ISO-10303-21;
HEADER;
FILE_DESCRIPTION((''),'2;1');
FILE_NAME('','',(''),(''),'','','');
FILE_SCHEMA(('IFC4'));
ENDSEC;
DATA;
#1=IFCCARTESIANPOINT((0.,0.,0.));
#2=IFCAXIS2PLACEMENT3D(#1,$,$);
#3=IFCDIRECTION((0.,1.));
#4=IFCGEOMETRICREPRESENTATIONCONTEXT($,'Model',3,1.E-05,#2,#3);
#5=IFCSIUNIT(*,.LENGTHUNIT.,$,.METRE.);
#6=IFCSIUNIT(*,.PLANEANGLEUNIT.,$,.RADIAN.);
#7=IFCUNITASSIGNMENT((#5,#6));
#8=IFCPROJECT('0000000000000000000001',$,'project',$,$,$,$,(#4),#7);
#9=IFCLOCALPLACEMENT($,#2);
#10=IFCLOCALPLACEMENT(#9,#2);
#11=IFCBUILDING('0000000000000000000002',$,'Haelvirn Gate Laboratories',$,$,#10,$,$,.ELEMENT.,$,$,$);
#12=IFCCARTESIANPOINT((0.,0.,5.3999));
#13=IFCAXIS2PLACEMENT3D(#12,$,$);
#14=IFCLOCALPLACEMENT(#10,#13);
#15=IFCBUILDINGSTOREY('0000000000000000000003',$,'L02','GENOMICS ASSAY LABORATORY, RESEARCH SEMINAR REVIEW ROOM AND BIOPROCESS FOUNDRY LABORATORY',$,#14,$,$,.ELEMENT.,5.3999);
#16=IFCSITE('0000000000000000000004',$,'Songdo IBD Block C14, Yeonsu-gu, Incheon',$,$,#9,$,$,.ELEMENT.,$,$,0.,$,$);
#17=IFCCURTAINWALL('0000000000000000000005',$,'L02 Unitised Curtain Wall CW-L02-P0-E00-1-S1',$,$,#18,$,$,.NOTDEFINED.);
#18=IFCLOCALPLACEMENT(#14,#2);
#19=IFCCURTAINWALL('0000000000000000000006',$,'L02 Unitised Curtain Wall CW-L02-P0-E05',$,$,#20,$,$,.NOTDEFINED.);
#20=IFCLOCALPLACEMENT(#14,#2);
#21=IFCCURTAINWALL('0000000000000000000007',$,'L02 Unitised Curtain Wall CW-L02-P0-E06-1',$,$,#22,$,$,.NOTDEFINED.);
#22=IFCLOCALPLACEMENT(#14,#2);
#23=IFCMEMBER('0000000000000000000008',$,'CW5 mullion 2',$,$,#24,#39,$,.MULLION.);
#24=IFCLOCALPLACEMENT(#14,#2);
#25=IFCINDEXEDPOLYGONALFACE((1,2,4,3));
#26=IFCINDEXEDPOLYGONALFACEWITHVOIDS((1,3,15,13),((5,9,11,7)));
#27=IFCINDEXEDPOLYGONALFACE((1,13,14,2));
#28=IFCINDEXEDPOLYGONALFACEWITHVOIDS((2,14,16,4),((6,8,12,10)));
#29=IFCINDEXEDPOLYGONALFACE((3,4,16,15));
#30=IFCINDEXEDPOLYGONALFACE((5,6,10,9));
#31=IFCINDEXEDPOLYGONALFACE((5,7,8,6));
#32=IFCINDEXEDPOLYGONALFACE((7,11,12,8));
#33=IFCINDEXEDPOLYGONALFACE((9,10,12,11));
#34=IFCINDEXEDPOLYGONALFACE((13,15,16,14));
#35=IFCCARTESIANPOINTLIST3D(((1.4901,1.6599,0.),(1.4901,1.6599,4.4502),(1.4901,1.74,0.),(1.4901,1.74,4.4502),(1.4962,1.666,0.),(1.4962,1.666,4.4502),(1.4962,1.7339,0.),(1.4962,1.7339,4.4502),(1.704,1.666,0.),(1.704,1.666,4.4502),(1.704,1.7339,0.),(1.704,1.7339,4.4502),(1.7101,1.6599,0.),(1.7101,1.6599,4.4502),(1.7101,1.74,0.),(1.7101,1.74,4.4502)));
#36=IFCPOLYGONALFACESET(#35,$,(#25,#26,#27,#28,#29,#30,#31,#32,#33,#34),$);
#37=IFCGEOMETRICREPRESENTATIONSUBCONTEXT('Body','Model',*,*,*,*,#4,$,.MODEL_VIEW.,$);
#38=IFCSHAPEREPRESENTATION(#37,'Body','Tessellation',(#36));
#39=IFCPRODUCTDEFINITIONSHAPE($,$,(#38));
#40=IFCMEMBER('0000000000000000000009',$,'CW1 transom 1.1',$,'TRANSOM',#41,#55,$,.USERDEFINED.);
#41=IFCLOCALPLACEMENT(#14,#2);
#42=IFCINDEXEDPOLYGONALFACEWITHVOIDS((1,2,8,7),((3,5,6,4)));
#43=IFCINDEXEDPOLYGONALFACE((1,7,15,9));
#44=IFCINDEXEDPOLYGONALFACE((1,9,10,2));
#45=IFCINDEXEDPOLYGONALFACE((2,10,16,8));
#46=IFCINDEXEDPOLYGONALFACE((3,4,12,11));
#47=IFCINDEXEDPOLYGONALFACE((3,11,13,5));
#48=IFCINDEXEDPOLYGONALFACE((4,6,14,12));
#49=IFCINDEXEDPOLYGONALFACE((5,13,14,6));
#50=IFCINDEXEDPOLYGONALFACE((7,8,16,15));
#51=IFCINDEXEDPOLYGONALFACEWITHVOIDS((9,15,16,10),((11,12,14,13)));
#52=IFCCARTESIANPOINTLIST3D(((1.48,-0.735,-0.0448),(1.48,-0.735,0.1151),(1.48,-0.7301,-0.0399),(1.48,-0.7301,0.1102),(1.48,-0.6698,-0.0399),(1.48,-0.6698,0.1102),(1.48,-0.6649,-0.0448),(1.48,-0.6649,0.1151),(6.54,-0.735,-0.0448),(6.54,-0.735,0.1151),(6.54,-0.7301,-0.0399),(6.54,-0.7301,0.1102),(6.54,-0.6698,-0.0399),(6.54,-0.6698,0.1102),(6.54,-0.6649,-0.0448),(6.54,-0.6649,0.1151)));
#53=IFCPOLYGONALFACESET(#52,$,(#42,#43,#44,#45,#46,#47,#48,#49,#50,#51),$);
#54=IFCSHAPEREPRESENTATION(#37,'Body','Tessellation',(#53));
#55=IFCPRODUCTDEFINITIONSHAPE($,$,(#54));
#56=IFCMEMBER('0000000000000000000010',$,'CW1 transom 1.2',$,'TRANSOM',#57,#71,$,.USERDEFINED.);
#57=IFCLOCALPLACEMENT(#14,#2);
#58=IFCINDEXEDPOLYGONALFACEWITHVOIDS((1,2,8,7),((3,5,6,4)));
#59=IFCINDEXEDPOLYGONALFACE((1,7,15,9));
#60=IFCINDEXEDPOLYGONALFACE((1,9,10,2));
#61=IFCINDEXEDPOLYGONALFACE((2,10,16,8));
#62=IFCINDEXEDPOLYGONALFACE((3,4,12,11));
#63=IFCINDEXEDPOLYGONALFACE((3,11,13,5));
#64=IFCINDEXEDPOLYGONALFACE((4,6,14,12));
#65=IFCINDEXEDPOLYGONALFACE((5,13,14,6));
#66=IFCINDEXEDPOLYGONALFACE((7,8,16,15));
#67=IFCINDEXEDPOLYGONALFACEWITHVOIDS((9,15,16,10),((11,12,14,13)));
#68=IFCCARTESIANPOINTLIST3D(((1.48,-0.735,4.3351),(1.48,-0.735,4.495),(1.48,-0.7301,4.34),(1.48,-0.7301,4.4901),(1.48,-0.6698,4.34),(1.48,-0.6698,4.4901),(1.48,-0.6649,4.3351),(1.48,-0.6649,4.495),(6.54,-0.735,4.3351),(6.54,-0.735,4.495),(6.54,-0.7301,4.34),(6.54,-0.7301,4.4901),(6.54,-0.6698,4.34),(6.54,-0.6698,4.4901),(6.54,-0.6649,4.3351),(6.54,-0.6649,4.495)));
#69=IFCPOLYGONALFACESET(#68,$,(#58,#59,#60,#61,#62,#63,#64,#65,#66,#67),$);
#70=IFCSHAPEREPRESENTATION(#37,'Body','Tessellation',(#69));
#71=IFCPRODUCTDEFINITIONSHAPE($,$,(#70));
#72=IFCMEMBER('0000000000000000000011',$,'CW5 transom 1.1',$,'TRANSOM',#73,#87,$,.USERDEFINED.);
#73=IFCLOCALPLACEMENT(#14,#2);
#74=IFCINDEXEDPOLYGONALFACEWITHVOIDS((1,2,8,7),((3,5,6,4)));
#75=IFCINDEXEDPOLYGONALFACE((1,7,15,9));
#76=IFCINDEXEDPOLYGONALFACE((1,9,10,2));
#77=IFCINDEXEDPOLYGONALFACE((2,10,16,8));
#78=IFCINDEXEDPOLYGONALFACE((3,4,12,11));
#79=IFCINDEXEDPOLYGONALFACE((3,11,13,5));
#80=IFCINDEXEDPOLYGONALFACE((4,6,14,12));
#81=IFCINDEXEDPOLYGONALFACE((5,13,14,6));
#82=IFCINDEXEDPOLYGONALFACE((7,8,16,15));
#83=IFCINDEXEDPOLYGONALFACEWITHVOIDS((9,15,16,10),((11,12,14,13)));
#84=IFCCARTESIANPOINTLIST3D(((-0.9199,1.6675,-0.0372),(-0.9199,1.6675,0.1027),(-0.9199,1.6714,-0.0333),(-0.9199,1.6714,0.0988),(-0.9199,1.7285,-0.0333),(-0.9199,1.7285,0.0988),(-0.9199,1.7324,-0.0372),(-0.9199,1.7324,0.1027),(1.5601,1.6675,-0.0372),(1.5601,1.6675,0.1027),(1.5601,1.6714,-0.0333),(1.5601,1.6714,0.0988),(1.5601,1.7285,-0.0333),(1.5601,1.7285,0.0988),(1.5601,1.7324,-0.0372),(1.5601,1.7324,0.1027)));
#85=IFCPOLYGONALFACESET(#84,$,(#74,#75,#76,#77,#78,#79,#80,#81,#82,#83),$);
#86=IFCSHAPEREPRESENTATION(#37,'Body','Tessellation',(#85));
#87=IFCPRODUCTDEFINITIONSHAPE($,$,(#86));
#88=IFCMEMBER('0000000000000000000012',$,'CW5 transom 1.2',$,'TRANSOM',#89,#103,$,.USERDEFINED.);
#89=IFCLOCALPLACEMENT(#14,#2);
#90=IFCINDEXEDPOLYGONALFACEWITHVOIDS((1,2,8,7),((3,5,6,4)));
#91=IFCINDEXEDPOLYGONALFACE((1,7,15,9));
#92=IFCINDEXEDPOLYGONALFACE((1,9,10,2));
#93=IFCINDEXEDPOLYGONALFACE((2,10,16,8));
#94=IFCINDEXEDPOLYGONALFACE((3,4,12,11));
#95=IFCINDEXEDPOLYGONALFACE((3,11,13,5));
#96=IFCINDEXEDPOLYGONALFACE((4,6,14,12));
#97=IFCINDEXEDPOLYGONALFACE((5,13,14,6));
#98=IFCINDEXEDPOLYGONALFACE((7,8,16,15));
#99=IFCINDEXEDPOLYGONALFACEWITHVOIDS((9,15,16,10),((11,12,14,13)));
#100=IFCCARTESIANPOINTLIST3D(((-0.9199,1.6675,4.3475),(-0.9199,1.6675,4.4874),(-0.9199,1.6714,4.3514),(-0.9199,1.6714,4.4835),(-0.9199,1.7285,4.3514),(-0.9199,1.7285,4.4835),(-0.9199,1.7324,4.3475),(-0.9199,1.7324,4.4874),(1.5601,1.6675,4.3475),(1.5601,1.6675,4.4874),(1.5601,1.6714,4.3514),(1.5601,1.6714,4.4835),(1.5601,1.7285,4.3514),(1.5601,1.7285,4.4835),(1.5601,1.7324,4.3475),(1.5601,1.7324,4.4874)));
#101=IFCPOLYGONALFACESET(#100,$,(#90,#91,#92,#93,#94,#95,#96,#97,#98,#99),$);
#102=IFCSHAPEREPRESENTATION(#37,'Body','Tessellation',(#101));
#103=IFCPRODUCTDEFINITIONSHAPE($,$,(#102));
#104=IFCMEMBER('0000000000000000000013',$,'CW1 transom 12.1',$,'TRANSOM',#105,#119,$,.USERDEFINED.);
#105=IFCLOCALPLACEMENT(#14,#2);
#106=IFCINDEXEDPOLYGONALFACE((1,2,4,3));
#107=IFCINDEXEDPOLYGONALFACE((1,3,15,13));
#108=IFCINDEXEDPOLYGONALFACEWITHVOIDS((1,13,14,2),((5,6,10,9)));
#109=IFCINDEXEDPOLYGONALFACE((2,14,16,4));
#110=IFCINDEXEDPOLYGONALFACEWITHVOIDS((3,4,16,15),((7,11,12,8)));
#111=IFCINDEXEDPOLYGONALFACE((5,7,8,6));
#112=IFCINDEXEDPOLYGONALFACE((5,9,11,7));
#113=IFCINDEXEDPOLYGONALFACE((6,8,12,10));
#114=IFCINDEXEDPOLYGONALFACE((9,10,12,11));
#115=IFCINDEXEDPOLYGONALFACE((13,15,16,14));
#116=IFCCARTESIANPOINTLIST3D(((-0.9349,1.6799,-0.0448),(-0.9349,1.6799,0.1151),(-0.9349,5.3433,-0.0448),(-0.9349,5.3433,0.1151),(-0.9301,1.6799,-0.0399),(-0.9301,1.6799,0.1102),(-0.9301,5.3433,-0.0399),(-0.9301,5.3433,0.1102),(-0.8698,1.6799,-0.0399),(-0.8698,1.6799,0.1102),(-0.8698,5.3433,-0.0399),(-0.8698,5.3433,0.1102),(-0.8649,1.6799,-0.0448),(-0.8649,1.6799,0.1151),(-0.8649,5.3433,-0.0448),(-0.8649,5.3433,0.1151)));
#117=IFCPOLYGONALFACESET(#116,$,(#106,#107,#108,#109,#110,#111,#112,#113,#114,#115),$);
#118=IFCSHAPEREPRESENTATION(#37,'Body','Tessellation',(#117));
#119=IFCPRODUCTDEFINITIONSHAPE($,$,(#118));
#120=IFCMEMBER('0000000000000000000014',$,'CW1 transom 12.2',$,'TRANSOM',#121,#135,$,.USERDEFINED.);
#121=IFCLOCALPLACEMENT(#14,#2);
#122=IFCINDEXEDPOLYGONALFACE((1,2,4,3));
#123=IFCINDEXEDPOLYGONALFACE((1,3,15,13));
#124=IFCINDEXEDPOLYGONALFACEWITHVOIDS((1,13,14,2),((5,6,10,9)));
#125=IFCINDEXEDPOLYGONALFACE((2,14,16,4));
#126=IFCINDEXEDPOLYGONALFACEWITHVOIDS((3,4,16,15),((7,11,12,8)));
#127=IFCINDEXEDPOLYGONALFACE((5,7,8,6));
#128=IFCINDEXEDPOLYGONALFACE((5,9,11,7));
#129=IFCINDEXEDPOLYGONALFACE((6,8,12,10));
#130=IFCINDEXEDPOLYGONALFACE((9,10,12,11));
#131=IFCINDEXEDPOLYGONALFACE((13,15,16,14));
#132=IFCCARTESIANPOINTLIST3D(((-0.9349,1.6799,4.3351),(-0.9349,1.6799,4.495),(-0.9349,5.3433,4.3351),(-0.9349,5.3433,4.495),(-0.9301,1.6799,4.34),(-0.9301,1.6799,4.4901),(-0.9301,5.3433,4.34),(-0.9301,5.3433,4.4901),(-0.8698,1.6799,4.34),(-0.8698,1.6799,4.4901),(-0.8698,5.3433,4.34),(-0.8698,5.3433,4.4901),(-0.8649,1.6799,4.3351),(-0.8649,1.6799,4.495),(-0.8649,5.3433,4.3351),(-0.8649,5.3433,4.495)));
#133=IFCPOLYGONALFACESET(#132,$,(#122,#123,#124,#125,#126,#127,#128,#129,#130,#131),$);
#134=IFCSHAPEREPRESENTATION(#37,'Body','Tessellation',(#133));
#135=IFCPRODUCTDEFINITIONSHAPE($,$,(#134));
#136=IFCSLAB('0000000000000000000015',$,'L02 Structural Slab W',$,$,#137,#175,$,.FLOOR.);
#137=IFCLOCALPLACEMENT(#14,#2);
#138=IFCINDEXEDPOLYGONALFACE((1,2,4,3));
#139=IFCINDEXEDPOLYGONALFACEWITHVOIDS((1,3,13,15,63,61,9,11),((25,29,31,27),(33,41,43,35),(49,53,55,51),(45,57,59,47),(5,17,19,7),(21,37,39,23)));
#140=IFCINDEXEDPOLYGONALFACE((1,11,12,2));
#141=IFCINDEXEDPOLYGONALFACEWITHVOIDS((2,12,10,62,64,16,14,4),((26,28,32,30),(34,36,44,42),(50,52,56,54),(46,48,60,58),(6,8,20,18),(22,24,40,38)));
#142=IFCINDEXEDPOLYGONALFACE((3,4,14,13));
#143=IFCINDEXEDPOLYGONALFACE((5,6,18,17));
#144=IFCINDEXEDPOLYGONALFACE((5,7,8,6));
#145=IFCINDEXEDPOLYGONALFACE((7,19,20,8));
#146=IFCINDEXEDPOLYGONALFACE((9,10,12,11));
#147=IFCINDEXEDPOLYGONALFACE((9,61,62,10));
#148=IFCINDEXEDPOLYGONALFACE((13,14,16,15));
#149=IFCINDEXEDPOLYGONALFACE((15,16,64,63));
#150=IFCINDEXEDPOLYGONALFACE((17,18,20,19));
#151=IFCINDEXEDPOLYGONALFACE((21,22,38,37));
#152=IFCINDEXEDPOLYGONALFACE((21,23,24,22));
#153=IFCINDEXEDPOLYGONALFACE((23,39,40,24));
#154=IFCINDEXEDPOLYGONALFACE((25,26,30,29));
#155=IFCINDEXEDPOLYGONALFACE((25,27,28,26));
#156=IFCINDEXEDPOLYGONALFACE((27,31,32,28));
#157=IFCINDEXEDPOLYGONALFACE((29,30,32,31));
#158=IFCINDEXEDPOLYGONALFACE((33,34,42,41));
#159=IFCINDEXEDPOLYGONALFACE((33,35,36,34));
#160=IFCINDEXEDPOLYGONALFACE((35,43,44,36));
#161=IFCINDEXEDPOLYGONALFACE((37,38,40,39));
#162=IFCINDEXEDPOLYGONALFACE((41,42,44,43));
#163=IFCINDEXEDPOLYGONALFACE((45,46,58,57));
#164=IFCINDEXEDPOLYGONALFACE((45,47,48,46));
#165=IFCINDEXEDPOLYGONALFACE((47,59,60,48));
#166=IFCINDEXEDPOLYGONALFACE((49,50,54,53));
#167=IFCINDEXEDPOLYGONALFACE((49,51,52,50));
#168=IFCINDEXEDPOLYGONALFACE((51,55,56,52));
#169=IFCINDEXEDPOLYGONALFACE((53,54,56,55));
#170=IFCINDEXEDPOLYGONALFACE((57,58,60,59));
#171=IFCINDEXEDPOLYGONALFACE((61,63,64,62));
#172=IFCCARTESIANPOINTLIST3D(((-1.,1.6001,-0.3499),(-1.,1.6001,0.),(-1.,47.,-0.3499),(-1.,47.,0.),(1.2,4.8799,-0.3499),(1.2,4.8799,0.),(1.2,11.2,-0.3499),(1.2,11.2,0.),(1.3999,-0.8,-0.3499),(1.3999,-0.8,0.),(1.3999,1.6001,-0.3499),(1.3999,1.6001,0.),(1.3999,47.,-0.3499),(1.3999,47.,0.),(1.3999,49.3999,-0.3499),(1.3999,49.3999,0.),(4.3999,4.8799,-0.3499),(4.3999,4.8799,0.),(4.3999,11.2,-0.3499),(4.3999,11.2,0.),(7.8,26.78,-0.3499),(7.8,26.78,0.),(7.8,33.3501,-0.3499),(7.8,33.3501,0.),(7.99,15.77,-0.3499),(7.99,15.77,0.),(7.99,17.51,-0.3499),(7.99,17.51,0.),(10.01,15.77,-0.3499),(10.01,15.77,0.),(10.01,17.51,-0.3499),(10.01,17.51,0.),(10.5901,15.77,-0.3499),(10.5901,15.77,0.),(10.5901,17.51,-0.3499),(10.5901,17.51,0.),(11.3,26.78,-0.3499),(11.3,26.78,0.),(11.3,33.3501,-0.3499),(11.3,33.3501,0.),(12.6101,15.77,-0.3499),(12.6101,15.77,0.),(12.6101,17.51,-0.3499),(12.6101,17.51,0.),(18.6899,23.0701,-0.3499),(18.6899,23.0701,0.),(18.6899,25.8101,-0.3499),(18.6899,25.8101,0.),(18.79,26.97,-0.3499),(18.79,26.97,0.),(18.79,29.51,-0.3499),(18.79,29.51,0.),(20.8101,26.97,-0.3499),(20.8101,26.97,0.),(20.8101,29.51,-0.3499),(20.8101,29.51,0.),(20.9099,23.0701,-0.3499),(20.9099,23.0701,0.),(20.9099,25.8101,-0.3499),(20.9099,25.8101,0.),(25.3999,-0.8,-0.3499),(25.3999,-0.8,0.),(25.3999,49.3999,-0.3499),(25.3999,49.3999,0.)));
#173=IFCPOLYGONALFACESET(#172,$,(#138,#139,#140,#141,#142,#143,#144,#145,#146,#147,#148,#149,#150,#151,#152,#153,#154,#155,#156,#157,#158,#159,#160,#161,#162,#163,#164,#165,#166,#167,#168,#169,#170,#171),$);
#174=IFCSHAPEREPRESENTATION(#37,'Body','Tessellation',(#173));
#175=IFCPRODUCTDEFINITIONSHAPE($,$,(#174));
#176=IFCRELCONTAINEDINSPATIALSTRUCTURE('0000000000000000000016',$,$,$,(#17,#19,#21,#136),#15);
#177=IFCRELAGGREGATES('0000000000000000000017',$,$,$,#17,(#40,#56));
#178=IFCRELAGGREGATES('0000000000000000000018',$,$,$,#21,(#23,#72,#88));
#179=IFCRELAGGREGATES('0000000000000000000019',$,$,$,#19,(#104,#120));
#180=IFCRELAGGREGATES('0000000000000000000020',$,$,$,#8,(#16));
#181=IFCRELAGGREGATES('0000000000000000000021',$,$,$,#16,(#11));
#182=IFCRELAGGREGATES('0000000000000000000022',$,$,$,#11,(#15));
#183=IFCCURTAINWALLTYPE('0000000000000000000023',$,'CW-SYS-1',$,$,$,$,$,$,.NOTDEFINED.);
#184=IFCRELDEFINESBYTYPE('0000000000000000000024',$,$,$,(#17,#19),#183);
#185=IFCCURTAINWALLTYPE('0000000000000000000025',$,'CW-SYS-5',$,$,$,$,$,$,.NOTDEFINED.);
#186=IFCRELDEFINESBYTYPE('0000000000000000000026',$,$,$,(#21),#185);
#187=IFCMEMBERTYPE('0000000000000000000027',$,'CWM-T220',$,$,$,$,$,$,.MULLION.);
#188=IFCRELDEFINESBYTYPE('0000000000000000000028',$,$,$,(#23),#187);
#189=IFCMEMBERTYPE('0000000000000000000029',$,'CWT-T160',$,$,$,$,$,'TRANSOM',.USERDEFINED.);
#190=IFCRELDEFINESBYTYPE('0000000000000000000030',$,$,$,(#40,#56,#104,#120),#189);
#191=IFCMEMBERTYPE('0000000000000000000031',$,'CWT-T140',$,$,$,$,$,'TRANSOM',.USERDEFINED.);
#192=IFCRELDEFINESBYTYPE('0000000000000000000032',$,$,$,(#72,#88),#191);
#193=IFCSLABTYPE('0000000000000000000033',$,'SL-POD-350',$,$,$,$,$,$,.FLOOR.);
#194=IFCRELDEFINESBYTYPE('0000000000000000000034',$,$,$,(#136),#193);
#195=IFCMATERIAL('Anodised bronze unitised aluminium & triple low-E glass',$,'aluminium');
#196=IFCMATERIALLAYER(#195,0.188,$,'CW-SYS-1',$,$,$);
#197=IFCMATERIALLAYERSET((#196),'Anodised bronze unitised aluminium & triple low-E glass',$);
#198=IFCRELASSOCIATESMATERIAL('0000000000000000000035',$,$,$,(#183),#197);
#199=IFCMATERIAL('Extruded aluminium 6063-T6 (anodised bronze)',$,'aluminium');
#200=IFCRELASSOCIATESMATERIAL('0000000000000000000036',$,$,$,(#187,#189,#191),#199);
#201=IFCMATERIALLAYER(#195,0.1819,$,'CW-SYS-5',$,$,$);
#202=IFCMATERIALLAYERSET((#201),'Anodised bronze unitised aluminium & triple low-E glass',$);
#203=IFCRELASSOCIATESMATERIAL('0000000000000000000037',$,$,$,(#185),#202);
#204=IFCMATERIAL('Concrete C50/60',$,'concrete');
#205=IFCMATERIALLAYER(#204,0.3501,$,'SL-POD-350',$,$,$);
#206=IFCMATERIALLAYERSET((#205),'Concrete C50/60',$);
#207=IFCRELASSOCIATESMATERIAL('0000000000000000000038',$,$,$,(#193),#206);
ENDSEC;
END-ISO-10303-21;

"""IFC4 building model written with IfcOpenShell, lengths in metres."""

from ifc_helpers import new_model, si_unit, direction, frame, origin, origin_2d, place, context, subcontext, project, spatial, polyline, hollow_rectangle, outline, extrude, source, transform, mapped, material, layer, layer_set, material_profile, profile_set, type_object, type_shapes, element, aggregate, save


model = new_model("IFC4")

# Units and contexts
model_context = context("Model", 3, precision=1e-05, world=origin(), true_north=direction((0.0, 1.0)))
body_context = subcontext(model_context, "Body", "Model", "MODEL_VIEW")
ifc_project = project(units=[si_unit("LENGTHUNIT", "METRE"), si_unit("PLANEANGLEUNIT", "RADIAN")], contexts=[model_context])

# Site, building, storey
site_placement = place(None, origin())
site = spatial("IfcSite", under=ifc_project, at=site_placement, Name="Songdo IBD Block C14, Yeonsu-gu, Incheon", CompositionType="ELEMENT", RefElevation=0.0)
building_placement = place(site_placement, origin())
building = spatial("IfcBuilding", under=site, at=building_placement, Name="Haelvirn Gate Laboratories", CompositionType="ELEMENT")
storey_placement = place(building_placement, frame((0.0, 0.0, 5.3999)))
storey = spatial("IfcBuildingStorey", under=building, at=storey_placement, Name="L02", Description="GENOMICS ASSAY LABORATORY, RESEARCH SEMINAR REVIEW ROOM AND BIOPROCESS FOUNDRY LABORATORY", CompositionType="ELEMENT", Elevation=5.3999)

# Curtain walls, member
ifc_material_1 = material(Name="Anodised bronze unitised aluminium & triple low-E glass", Category="aluminium")
ifc_layer_1 = layer(ifc_material_1, 0.188, Name="CW-SYS-1")
ifc_layer_set_1 = layer_set([ifc_layer_1], Name="Anodised bronze unitised aluminium & triple low-E glass")
curtain_wall_type_1 = type_object("IfcCurtainWallType", Name="CW-SYS-1", PredefinedType="NOTDEFINED", material=ifc_layer_set_1)
curtain_wall_1_placement = place(storey_placement, origin())
curtain_wall_1 = element("IfcCurtainWall", 1, at=curtain_wall_1_placement, inside=storey, type_object=curtain_wall_type_1, Name="L02 Unitised Curtain Wall CW-L02-P0-E00-1-S1", PredefinedType="NOTDEFINED")
ifc_material_2 = material(Name="Extruded aluminium 6063-T6 (anodised bronze)", Category="aluminium")
ifc_material_profile_1 = material_profile(ifc_material_2, hollow_rectangle(XDim=0.0801, YDim=0.22, WallThickness=0.0061, at=origin_2d()), Name="CWM-220x80x6")
ifc_profile_set_1 = profile_set([ifc_material_profile_1], Name="Extruded aluminium 6063-T6 (anodised bronze)")
member_type_1 = type_object("IfcMemberType", Name="CWM-T220", PredefinedType="MULLION", material=ifc_profile_set_1)
shared_shape_1 = source(origin(), body_context, "Body", "SweptSolid", [
    extrude(hollow_rectangle(XDim=0.0801, YDim=0.22, WallThickness=0.0061, at=origin_2d()), origin(), (0.0, 0.0, 1.0), 4.4502),
])
type_shapes(member_type_1, [shared_shape_1])
curtain_wall_2_placement = place(storey_placement, origin())
curtain_wall_2 = element("IfcCurtainWall", 2, at=curtain_wall_2_placement, inside=storey, type_object=curtain_wall_type_1, Name="L02 Unitised Curtain Wall CW-L02-P0-E05", PredefinedType="NOTDEFINED")
ifc_layer_2 = layer(ifc_material_1, 0.1819, Name="CW-SYS-5")
ifc_layer_set_2 = layer_set([ifc_layer_2], Name="Anodised bronze unitised aluminium & triple low-E glass")
curtain_wall_type_2 = type_object("IfcCurtainWallType", Name="CW-SYS-5", PredefinedType="NOTDEFINED", material=ifc_layer_set_2)
curtain_wall_3_placement = place(storey_placement, origin())
curtain_wall_3 = element("IfcCurtainWall", 3, at=curtain_wall_3_placement, inside=storey, type_object=curtain_wall_type_2, Name="L02 Unitised Curtain Wall CW-L02-P0-E06-1", PredefinedType="NOTDEFINED")
member_1_placement = place(storey_placement, frame((1.6001, 1.7, 0.0), z_axis=(0.0, 0.0, 1.0), x_axis=(0.0, 1.0, 0.0)))
member_1 = element("IfcMember", 4, at=member_1_placement, type_object=member_type_1, Name="CW5 mullion 2", PredefinedType="MULLION", context=body_context, shape_type="MappedRepresentation", body=[
    mapped(shared_shape_1, transform((0.0, 0.0, 0.0), scale=1.0)),
])

# Members
ifc_material_profile_2 = material_profile(ifc_material_2, hollow_rectangle(XDim=0.0701, YDim=0.1599, WallThickness=0.0049, at=origin_2d()), Name="CWT-160x70x5")
ifc_profile_set_2 = profile_set([ifc_material_profile_2], Name="Extruded aluminium 6063-T6 (anodised bronze)")
member_type_2 = type_object("IfcMemberType", Name="CWT-T160", ElementType="TRANSOM", PredefinedType="USERDEFINED", material=ifc_profile_set_2)
shared_shape_2 = source(origin(), body_context, "Body", "SweptSolid", [
    extrude(hollow_rectangle(XDim=0.0701, YDim=0.1599, WallThickness=0.0049, at=origin_2d()), origin(), (0.0, 0.0, 1.0), 5.0601),
])
member_2_placement = place(storey_placement, frame((1.48, -0.7, 0.0352), z_axis=(1.0, 0.0, 0.0), x_axis=(0.0, 1.0, 0.0)))
member_2 = element("IfcMember", 5, at=member_2_placement, type_object=member_type_2, Name="CW1 transom 1.1", ObjectType="TRANSOM", PredefinedType="USERDEFINED", context=body_context, shape_type="MappedRepresentation", body=[
    mapped(shared_shape_2, transform((0.0, 0.0, 0.0), scale=1.0)),
])
member_3_placement = place(storey_placement, frame((1.48, -0.7, 4.415), z_axis=(1.0, 0.0, 0.0), x_axis=(0.0, 1.0, 0.0)))
member_3 = element("IfcMember", 6, at=member_3_placement, type_object=member_type_2, Name="CW1 transom 1.2", ObjectType="TRANSOM", PredefinedType="USERDEFINED", context=body_context, shape_type="MappedRepresentation", body=[
    mapped(shared_shape_2, transform((0.0, 0.0, 0.0), scale=1.0)),
])
ifc_material_profile_3 = material_profile(ifc_material_2, hollow_rectangle(XDim=0.0649, YDim=0.1399, WallThickness=0.0039, at=origin_2d()), Name="CWT-140x65x4")
ifc_profile_set_3 = profile_set([ifc_material_profile_3], Name="Extruded aluminium 6063-T6 (anodised bronze)")
member_type_3 = type_object("IfcMemberType", Name="CWT-T140", ElementType="TRANSOM", PredefinedType="USERDEFINED", material=ifc_profile_set_3)
shared_shape_3 = source(origin(), body_context, "Body", "SweptSolid", [
    extrude(hollow_rectangle(XDim=0.0649, YDim=0.1399, WallThickness=0.0039, at=origin_2d()), origin(), (0.0, 0.0, 1.0), 2.48),
])
type_shapes(member_type_3, [shared_shape_3])
member_4_placement = place(storey_placement, frame((-0.9199, 1.7, 0.0327), z_axis=(1.0, 0.0, 0.0), x_axis=(0.0, 1.0, 0.0)))
member_4 = element("IfcMember", 7, at=member_4_placement, type_object=member_type_3, Name="CW5 transom 1.1", ObjectType="TRANSOM", PredefinedType="USERDEFINED", context=body_context, shape_type="MappedRepresentation", body=[
    mapped(shared_shape_3, transform((0.0, 0.0, 0.0), scale=1.0)),
])
member_5_placement = place(storey_placement, frame((-0.9199, 1.7, 4.4175), z_axis=(1.0, 0.0, 0.0), x_axis=(0.0, 1.0, 0.0)))
member_5 = element("IfcMember", 8, at=member_5_placement, type_object=member_type_3, Name="CW5 transom 1.2", ObjectType="TRANSOM", PredefinedType="USERDEFINED", context=body_context, shape_type="MappedRepresentation", body=[
    mapped(shared_shape_3, transform((0.0, 0.0, 0.0), scale=1.0)),
])
shared_shape_4 = source(origin(), body_context, "Body", "SweptSolid", [
    extrude(hollow_rectangle(XDim=0.0701, YDim=0.1599, WallThickness=0.0049, at=origin_2d()), origin(), (0.0, 0.0, 1.0), 3.6633),
])
type_shapes(member_type_2, [shared_shape_2, shared_shape_4])
member_6_placement = place(storey_placement, frame((-0.8999, 5.3433, 0.0352), z_axis=(0.0, -1.0, 0.0), x_axis=(1.0, 0.0, 0.0)))
member_6 = element("IfcMember", 9, at=member_6_placement, type_object=member_type_2, Name="CW1 transom 12.1", ObjectType="TRANSOM", PredefinedType="USERDEFINED", context=body_context, shape_type="MappedRepresentation", body=[
    mapped(shared_shape_4, transform((0.0, 0.0, 0.0), scale=1.0)),
])
member_7_placement = place(storey_placement, frame((-0.8999, 5.3433, 4.415), z_axis=(0.0, -1.0, 0.0), x_axis=(1.0, 0.0, 0.0)))
member_7 = element("IfcMember", 10, at=member_7_placement, type_object=member_type_2, Name="CW1 transom 12.2", ObjectType="TRANSOM", PredefinedType="USERDEFINED", context=body_context, shape_type="MappedRepresentation", body=[
    mapped(shared_shape_4, transform((0.0, 0.0, 0.0), scale=1.0)),
])

# Slab
ifc_material_3 = material(Name="Concrete C50/60", Category="concrete")
ifc_layer_3 = layer(ifc_material_3, 0.3501, Name="SL-POD-350")
ifc_layer_set_3 = layer_set([ifc_layer_3], Name="Concrete C50/60")
slab_type_1 = type_object("IfcSlabType", Name="SL-POD-350", PredefinedType="FLOOR", material=ifc_layer_set_3)
slab_1_placement = place(storey_placement, frame((0.0, 0.0, -0.3499)))
element("IfcSlab", 11, at=slab_1_placement, inside=storey, type_object=slab_type_1, Name="L02 Structural Slab W", PredefinedType="FLOOR", context=body_context, shape_type="SweptSolid", body=[
    extrude(outline(polyline([(1.3999, -0.8), (25.3999, -0.8), (25.3999, 49.3999), (1.3999, 49.3999), (1.3999, 47.0), (-1.0, 47.0), (-1.0, 1.6001), (1.3999, 1.6001), (1.3999, -0.8)]), holes=[polyline([(11.3, 26.78), (11.3, 33.3501), (7.8, 33.3501), (7.8, 26.78), (11.3, 26.78)]), polyline([(4.3999, 4.8799), (4.3999, 11.2), (1.2, 11.2), (1.2, 4.8799), (4.3999, 4.8799)]), polyline([(7.99, 15.77), (10.01, 15.77), (10.01, 17.51), (7.99, 17.51), (7.99, 15.77)]), polyline([(10.5901, 15.77), (12.6101, 15.77), (12.6101, 17.51), (10.5901, 17.51), (10.5901, 15.77)]), polyline([(18.79, 26.97), (20.8101, 26.97), (20.8101, 29.51), (18.79, 29.51), (18.79, 26.97)]), polyline([(18.6899, 23.0701), (20.9099, 23.0701), (20.9099, 25.8101), (18.6899, 25.8101), (18.6899, 23.0701)])]), origin(), (0.0, 0.0, 1.0), 0.3499),
])

aggregate(curtain_wall_1, [member_2, member_3])
aggregate(curtain_wall_3, [member_1, member_4, member_5])
aggregate(curtain_wall_2, [member_6, member_7])

save(model, "model.ifc")
